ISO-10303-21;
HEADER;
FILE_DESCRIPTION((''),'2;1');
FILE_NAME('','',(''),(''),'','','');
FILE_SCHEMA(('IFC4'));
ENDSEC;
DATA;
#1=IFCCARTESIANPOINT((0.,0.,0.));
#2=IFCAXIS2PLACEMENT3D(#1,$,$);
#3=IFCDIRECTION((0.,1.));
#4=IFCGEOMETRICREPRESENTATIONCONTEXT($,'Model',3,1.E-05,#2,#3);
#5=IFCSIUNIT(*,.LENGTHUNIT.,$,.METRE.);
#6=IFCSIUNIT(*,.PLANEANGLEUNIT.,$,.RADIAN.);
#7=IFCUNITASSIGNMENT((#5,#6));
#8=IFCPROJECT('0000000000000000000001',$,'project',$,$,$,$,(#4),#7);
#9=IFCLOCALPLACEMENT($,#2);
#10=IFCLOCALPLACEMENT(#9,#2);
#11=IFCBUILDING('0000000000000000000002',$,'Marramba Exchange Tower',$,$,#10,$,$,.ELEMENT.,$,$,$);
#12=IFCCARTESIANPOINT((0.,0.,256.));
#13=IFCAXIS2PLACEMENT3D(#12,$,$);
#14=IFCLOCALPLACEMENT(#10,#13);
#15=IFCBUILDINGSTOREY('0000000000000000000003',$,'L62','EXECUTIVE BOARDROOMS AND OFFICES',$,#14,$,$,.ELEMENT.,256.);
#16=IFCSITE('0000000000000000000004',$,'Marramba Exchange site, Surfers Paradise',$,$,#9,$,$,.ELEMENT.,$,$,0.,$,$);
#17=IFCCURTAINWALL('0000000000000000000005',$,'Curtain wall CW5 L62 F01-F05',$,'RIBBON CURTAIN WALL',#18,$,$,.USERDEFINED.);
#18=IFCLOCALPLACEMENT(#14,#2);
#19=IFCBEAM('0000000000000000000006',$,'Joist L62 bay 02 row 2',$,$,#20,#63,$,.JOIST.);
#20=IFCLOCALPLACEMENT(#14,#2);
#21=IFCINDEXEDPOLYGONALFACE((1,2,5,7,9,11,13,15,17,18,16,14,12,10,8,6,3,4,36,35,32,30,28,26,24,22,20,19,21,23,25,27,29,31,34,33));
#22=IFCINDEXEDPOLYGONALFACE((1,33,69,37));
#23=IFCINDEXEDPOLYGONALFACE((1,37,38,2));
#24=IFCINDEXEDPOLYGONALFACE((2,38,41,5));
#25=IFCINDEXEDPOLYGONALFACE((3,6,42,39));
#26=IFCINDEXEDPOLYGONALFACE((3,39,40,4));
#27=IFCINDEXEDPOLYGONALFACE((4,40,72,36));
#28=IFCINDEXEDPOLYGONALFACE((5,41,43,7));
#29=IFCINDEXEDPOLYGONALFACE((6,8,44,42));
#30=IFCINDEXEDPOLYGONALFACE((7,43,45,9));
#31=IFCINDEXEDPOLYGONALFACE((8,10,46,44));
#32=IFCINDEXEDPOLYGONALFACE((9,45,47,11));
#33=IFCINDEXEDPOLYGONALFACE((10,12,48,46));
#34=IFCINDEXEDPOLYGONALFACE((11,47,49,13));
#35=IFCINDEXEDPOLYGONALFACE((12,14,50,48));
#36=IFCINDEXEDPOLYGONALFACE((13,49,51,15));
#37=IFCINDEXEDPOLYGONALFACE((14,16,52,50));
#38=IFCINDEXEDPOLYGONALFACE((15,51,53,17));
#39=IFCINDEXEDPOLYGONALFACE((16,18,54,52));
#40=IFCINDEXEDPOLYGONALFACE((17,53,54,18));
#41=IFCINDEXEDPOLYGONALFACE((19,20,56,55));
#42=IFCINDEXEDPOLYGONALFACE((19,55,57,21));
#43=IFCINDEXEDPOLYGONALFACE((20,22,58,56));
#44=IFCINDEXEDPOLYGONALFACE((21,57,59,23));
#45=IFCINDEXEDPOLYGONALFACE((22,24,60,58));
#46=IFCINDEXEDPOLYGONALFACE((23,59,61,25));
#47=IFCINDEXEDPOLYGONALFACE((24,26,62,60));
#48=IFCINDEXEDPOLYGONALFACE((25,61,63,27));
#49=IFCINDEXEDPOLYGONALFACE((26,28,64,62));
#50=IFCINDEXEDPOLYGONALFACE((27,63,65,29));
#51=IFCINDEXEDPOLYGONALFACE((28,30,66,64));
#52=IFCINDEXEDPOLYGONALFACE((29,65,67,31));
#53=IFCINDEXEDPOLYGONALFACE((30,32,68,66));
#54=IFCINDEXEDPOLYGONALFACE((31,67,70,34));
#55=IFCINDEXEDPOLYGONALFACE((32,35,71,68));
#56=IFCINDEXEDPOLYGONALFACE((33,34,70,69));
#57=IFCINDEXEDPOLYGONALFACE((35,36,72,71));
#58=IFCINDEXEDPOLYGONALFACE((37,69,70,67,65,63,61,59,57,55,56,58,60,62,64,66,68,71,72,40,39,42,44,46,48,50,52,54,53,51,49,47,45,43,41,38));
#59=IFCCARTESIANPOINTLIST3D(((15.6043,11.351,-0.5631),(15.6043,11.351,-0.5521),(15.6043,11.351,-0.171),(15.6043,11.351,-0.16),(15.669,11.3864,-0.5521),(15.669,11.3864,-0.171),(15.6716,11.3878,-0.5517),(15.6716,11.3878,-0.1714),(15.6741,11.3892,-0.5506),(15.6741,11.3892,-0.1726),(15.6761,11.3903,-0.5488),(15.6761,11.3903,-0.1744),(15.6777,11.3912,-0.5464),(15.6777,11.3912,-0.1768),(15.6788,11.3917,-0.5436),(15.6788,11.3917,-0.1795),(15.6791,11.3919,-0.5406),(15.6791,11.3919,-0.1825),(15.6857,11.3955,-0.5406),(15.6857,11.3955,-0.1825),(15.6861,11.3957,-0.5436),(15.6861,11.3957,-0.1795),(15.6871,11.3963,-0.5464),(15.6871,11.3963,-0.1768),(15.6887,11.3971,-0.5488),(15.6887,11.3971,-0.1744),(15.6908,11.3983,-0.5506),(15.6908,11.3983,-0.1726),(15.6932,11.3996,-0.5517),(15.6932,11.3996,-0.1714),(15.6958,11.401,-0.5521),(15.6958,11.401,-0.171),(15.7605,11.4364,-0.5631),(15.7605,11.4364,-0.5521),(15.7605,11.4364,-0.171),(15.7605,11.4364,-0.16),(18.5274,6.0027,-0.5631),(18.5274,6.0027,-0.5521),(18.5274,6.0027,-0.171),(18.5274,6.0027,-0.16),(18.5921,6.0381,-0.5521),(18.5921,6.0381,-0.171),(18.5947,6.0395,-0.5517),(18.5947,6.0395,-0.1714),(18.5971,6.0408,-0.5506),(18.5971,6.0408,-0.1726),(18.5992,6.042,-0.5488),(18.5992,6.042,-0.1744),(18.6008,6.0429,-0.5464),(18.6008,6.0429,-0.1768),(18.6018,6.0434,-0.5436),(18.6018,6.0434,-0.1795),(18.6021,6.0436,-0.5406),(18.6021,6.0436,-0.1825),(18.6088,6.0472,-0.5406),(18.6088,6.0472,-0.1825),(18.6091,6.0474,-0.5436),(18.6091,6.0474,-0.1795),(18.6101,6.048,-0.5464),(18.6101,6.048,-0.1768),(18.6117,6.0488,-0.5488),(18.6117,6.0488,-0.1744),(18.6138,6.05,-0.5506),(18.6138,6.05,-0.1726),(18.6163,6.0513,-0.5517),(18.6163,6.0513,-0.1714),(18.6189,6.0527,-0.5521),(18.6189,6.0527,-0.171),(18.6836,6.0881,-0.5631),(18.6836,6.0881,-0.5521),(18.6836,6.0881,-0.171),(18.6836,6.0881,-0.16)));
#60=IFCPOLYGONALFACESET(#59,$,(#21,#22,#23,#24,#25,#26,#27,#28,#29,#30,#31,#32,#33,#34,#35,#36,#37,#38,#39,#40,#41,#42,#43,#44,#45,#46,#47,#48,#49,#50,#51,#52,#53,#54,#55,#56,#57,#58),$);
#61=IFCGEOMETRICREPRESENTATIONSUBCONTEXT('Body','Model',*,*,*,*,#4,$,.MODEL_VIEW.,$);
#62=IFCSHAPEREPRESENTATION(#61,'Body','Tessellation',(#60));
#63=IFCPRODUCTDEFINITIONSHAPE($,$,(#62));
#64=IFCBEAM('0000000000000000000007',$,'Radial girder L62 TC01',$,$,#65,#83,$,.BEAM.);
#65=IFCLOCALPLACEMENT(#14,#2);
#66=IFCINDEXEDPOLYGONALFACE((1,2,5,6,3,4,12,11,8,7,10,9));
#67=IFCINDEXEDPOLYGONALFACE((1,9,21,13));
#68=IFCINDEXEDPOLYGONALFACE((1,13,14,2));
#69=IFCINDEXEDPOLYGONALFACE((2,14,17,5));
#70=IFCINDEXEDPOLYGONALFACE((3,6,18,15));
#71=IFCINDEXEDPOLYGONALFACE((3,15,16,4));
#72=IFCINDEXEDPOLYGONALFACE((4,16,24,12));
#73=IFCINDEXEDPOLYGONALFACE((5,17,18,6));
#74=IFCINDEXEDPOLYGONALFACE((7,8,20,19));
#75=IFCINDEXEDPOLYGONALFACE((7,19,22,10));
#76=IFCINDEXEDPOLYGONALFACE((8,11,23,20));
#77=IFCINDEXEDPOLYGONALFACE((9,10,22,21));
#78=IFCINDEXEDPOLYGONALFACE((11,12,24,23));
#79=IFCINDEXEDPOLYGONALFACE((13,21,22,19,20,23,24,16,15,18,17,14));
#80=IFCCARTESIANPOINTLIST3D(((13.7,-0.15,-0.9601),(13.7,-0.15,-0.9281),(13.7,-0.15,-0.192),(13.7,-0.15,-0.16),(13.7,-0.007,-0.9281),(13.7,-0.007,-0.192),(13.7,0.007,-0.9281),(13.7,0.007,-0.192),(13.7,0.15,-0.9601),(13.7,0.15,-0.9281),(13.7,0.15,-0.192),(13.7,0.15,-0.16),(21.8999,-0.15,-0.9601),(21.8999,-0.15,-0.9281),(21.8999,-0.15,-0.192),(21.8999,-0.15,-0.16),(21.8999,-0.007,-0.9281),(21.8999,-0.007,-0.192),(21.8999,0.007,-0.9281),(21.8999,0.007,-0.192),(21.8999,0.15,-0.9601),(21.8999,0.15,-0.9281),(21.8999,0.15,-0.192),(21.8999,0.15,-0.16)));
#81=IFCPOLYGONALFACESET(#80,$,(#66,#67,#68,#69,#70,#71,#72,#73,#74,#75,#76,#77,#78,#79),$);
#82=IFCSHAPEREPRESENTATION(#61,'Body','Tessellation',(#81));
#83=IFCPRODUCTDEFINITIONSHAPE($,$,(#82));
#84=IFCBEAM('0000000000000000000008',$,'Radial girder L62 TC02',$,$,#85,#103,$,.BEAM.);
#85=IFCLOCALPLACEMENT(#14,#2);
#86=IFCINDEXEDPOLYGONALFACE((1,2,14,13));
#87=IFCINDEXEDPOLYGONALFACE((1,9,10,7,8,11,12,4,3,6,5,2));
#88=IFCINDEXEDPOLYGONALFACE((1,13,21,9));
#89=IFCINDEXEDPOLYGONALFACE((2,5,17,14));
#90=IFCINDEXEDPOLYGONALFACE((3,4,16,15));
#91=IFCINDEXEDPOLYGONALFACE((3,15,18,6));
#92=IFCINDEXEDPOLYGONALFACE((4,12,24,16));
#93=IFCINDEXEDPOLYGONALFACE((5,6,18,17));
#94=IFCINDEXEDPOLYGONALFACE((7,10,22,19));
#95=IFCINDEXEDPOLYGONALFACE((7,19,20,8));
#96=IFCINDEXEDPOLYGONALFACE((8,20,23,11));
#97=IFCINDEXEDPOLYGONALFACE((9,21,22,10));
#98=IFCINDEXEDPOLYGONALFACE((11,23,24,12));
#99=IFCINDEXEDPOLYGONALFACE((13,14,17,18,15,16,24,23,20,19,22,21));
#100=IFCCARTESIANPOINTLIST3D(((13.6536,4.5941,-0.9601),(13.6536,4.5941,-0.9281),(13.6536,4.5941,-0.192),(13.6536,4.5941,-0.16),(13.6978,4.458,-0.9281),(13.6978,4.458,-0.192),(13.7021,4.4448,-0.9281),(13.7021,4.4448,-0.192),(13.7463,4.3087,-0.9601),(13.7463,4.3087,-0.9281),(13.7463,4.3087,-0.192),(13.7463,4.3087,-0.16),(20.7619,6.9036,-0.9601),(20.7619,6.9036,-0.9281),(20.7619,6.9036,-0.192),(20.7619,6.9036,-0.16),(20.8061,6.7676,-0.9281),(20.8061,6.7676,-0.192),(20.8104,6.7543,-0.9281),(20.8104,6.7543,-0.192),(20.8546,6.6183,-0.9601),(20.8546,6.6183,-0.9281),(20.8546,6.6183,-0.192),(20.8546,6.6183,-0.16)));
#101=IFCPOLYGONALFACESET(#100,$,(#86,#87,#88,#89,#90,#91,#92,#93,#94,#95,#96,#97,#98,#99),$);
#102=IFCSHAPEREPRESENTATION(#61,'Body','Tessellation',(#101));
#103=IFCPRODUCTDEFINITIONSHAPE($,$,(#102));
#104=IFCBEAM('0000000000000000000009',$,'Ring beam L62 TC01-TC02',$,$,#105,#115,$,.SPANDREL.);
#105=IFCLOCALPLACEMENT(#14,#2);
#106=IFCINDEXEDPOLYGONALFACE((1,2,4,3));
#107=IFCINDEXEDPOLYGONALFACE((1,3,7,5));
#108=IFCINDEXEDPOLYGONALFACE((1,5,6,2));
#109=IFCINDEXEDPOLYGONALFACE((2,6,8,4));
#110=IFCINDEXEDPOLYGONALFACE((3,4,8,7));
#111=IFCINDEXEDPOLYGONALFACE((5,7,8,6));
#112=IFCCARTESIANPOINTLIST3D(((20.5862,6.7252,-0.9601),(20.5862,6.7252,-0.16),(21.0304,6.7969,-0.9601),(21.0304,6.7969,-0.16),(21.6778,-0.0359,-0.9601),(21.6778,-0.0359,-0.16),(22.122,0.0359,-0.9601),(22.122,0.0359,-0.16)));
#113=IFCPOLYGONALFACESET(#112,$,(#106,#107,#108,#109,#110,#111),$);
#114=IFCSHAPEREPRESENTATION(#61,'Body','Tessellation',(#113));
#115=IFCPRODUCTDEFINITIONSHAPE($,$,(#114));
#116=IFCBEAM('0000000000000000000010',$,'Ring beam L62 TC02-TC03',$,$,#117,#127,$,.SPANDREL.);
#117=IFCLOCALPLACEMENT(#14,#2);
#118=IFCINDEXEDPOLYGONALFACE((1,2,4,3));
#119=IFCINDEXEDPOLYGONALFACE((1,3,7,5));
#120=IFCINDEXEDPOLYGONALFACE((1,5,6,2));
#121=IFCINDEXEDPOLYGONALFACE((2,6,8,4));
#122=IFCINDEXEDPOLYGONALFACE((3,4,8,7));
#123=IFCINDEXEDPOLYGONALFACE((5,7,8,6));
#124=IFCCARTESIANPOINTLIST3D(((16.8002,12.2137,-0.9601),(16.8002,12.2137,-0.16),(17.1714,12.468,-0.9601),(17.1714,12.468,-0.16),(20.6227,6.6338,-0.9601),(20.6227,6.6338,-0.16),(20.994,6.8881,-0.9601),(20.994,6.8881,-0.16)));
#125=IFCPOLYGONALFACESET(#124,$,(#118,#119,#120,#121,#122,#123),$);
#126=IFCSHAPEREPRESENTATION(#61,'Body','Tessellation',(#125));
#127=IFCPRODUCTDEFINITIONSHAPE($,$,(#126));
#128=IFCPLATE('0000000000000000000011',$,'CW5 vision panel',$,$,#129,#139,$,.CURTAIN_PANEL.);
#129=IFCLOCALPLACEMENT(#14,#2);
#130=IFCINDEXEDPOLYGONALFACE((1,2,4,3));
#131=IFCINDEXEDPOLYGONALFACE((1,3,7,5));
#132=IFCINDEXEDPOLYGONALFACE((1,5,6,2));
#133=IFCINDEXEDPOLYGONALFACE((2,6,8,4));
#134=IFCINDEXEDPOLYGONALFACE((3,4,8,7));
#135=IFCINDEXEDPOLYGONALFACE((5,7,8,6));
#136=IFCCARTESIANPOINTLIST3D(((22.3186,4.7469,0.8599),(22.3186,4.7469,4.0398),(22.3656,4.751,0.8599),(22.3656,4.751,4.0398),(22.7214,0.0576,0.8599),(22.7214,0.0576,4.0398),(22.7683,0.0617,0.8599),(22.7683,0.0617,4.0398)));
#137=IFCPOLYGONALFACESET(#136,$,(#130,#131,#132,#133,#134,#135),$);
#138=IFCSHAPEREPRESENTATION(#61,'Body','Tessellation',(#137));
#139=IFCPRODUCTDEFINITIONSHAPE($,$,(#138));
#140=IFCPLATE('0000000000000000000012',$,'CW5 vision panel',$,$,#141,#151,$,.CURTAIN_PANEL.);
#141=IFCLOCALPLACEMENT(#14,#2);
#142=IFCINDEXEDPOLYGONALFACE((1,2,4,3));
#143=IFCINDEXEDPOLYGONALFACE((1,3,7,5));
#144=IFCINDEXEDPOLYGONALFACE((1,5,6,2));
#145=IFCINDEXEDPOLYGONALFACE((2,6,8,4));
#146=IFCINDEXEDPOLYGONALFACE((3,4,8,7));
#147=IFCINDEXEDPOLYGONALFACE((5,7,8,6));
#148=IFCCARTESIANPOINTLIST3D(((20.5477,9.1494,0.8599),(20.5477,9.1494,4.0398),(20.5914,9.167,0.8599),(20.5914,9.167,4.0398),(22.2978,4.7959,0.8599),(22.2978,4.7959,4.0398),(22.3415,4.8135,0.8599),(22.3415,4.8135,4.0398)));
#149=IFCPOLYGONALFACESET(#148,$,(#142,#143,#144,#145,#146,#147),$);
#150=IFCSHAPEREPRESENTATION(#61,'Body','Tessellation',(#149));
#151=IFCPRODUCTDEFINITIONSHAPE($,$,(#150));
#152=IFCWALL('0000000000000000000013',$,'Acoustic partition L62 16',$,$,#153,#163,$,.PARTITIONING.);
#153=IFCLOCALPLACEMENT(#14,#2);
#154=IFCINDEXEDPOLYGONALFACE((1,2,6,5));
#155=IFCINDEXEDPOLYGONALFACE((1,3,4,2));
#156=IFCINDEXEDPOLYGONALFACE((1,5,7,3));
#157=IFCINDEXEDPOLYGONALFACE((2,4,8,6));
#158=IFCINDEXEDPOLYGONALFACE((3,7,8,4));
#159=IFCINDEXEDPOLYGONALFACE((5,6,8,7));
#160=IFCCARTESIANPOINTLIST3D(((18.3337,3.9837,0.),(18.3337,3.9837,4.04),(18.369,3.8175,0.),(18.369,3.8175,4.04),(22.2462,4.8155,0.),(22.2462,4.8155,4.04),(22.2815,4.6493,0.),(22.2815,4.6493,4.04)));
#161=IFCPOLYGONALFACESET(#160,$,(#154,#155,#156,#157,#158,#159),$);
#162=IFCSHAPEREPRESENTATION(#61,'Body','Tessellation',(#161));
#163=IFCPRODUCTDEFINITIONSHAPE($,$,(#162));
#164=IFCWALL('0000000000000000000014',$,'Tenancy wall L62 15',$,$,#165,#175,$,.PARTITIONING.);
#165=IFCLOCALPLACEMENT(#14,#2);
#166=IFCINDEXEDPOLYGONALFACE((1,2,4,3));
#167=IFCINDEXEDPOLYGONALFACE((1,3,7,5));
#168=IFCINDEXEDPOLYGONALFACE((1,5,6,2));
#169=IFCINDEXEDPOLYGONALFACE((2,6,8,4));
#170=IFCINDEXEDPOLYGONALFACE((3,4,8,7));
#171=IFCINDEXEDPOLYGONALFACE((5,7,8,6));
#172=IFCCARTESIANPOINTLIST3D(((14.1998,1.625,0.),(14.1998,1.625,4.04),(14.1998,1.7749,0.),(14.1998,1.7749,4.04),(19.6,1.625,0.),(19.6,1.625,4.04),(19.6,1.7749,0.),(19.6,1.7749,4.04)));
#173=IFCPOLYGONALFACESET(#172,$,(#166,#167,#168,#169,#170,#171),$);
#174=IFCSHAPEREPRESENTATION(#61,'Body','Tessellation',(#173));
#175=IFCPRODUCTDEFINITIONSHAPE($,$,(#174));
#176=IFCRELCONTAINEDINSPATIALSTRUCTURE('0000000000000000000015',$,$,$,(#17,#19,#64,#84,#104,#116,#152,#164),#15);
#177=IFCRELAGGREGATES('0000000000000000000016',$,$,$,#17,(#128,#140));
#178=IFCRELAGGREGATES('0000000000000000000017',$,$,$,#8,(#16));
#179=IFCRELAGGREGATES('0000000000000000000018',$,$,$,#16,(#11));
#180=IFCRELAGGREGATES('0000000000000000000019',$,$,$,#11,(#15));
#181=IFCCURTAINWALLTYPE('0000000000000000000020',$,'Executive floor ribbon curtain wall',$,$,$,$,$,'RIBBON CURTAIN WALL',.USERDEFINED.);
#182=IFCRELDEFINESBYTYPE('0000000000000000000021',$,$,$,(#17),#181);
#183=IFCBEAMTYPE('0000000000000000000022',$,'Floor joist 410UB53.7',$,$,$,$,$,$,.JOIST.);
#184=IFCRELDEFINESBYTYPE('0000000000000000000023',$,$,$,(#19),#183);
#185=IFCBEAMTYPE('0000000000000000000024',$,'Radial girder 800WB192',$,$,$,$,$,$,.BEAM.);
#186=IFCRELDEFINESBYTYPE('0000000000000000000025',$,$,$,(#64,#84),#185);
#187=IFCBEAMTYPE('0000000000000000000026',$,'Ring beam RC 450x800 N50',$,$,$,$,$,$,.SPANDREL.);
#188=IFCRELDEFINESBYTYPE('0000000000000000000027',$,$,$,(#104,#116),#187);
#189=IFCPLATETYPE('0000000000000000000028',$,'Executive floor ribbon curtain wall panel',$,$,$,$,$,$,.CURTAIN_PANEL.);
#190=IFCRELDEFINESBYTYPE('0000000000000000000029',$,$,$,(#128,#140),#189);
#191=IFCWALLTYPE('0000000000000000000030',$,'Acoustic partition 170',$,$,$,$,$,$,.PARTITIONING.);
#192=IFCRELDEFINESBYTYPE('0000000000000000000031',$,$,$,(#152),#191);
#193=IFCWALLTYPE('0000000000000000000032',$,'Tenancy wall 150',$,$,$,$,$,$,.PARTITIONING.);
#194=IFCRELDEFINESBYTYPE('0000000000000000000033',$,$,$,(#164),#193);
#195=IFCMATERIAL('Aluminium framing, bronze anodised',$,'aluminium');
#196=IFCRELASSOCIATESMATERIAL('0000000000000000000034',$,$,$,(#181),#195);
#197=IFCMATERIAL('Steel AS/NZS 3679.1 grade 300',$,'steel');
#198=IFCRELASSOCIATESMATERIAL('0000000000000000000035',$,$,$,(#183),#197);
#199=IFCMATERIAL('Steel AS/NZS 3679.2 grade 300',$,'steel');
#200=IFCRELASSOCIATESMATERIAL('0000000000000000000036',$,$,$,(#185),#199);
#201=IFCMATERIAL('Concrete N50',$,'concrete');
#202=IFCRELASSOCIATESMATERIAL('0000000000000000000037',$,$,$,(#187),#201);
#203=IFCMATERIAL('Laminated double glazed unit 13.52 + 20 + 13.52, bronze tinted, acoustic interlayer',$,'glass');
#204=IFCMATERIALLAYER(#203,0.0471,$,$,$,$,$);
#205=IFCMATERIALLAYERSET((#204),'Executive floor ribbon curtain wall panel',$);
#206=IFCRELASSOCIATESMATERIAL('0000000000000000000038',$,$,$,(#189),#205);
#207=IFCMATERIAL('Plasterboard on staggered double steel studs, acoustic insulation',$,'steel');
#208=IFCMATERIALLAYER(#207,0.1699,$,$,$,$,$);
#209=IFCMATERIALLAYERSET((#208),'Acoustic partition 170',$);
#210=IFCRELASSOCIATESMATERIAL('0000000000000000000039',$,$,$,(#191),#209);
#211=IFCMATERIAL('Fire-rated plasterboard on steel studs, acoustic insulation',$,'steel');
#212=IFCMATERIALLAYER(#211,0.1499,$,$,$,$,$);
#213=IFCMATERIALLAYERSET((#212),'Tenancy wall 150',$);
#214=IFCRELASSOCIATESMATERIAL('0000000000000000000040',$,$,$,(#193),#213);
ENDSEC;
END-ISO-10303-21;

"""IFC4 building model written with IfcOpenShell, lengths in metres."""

from ifc_helpers import new_model, si_unit, direction, frame, frame_2d, origin, origin_2d, place, context, subcontext, project, spatial, rectangle, i_section, extrude, material, layer, layer_set, material_profile, profile_set, type_object, element, aggregate, save


model = new_model("IFC4")

# Units and contexts
model_context = context("Model", 3, precision=1e-05, world=origin(), true_north=direction((0.0, 1.0)))
body_context = subcontext(model_context, "Body", "Model", "MODEL_VIEW")
ifc_project = project(units=[si_unit("LENGTHUNIT", "METRE"), si_unit("PLANEANGLEUNIT", "RADIAN")], contexts=[model_context])

# Site, building, storey
site_placement = place(None, origin())
site = spatial("IfcSite", under=ifc_project, at=site_placement, Name="Marramba Exchange site, Surfers Paradise", CompositionType="ELEMENT", RefElevation=0.0)
building_placement = place(site_placement, origin())
building = spatial("IfcBuilding", under=site, at=building_placement, Name="Marramba Exchange Tower", CompositionType="ELEMENT")
storey_placement = place(building_placement, frame((0.0, 0.0, 256.0)))
storey = spatial("IfcBuildingStorey", under=building, at=storey_placement, Name="L62", Description="EXECUTIVE BOARDROOMS AND OFFICES", CompositionType="ELEMENT", Elevation=256.0)

# Shared definitions
ifc_material_1 = material(Name="Concrete N50", Category="concrete")

# Curtain wall
ifc_material_2 = material(Name="Aluminium framing, bronze anodised", Category="aluminium")
curtain_wall_type = type_object("IfcCurtainWallType", Name="Executive floor ribbon curtain wall", ElementType="RIBBON CURTAIN WALL", PredefinedType="USERDEFINED", material=ifc_material_2)
curtain_wall_placement = place(storey_placement, origin())
curtain_wall = element("IfcCurtainWall", 1, at=curtain_wall_placement, inside=storey, type_object=curtain_wall_type, Name="Curtain wall CW5 L62 F01-F05", ObjectType="RIBBON CURTAIN WALL", PredefinedType="USERDEFINED")

# Beams
ifc_material_3 = material(Name="Steel AS/NZS 3679.1 grade 300", Category="steel")
ifc_material_profile_1 = material_profile(ifc_material_3, i_section(OverallWidth=0.178, OverallDepth=0.4031, WebThickness=0.0076, FlangeThickness=0.011, FilletRadius=0.0115, at=origin_2d()), Name="410UB53.7")
ifc_profile_set_1 = profile_set([ifc_material_profile_1], Name="Steel AS/NZS 3679.1 grade 300")
beam_type_1 = type_object("IfcBeamType", Name="Floor joist 410UB53.7", PredefinedType="JOIST", material=ifc_profile_set_1)
beam_1_placement = place(storey_placement, frame((18.6055, 6.0454, -0.3616), z_axis=(-0.479584, 0.877496, 0.0), x_axis=(-0.877496, -0.479584, 0.0)))
element("IfcBeam", 2, at=beam_1_placement, inside=storey, type_object=beam_type_1, Name="Joist L62 bay 02 row 2", PredefinedType="JOIST", context=body_context, shape_type="SweptSolid", body=[
    extrude(i_section(OverallWidth=0.178, OverallDepth=0.4031, WebThickness=0.0076, FlangeThickness=0.011, FilletRadius=0.0115, at=origin_2d()), origin(), (0.0, 0.0, 1.0), 6.095),
])
ifc_material_4 = material(Name="Steel AS/NZS 3679.2 grade 300", Category="steel")
ifc_material_profile_2 = material_profile(ifc_material_4, i_section(OverallWidth=0.3, OverallDepth=0.8, WebThickness=0.0139, FlangeThickness=0.032, at=origin_2d()), Name="800WB192")
ifc_profile_set_2 = profile_set([ifc_material_profile_2], Name="Steel AS/NZS 3679.2 grade 300")
beam_type_2 = type_object("IfcBeamType", Name="Radial girder 800WB192", PredefinedType="BEAM", material=ifc_profile_set_2)
beam_2_placement = place(storey_placement, frame((13.7, 0.0, -0.5601), z_axis=(1.0, 0.0, 0.0), x_axis=(0.0, 1.0, 0.0)))
element("IfcBeam", 3, at=beam_2_placement, inside=storey, type_object=beam_type_2, Name="Radial girder L62 TC01", PredefinedType="BEAM", context=body_context, shape_type="SweptSolid", body=[
    extrude(i_section(OverallWidth=0.3, OverallDepth=0.8, WebThickness=0.0139, FlangeThickness=0.032, at=origin_2d()), origin(), (0.0, 0.0, 1.0), 8.2),
])
beam_3_placement = place(storey_placement, frame((13.7, 4.4514, -0.5601), z_axis=(0.95106, 0.309006, 0.0), x_axis=(-0.309006, 0.95106, 0.0)))
element("IfcBeam", 4, at=beam_3_placement, inside=storey, type_object=beam_type_2, Name="Radial girder L62 TC02", PredefinedType="BEAM", context=body_context, shape_type="SweptSolid", body=[
    extrude(i_section(OverallWidth=0.3, OverallDepth=0.8, WebThickness=0.0139, FlangeThickness=0.032, at=origin_2d()), origin(), (0.0, 0.0, 1.0), 7.4741),
])
ifc_material_profile_3 = material_profile(ifc_material_1, rectangle(XDim=0.45, YDim=0.8, at=origin_2d()), Name="RC 450x800")
ifc_profile_set_3 = profile_set([ifc_material_profile_3], Name="Concrete N50")
beam_type_3 = type_object("IfcBeamType", Name="Ring beam RC 450x800 N50", PredefinedType="SPANDREL", material=ifc_profile_set_3)
beam_4_placement = place(storey_placement, frame((21.8999, 0.0, -0.5601), z_axis=(-0.159385, 0.987217, 0.0), x_axis=(-0.987217, -0.159385, 0.0)))
element("IfcBeam", 5, at=beam_4_placement, inside=storey, type_object=beam_type_3, Name="Ring beam L62 TC01-TC02", PredefinedType="SPANDREL", context=body_context, shape_type="SweptSolid", body=[
    extrude(rectangle(XDim=0.45, YDim=0.8, at=origin_2d()), origin(), (0.0, 0.0, 1.0), 6.8486),
])
beam_5_placement = place(storey_placement, frame((20.8083, 6.761, -0.5601), z_axis=(-0.56516, 0.824981, 0.0), x_axis=(-0.824981, -0.56516, 0.0)))
element("IfcBeam", 6, at=beam_5_placement, inside=storey, type_object=beam_type_3, Name="Ring beam L62 TC02-TC03", PredefinedType="SPANDREL", context=body_context, shape_type="SweptSolid", body=[
    extrude(rectangle(XDim=0.45, YDim=0.8, at=origin_2d()), origin(), (0.0, 0.0, 1.0), 6.7637),
])

# Plates
ifc_material_5 = material(Name="Laminated double glazed unit 13.52 + 20 + 13.52, bronze tinted, acoustic interlayer", Category="glass")
ifc_layer_1 = layer(ifc_material_5, 0.0471)
ifc_layer_set_1 = layer_set([ifc_layer_1], Name="Executive floor ribbon curtain wall panel")
plate_type = type_object("IfcPlateType", Name="Executive floor ribbon curtain wall panel", PredefinedType="CURTAIN_PANEL", material=ifc_layer_set_1)
plate_1_placement = place(storey_placement, frame((22.5435, 2.4043, 0.8599), z_axis=(0.0, 0.0, 1.0), x_axis=(-0.085574, 0.996332, 0.0)))
plate_1 = element("IfcPlate", 7, at=plate_1_placement, type_object=plate_type, Name="CW5 vision panel", PredefinedType="CURTAIN_PANEL", context=body_context, shape_type="SweptSolid", body=[
    extrude(rectangle(XDim=4.7065, YDim=0.0471, at=origin_2d()), origin(), (0.0, 0.0, 1.0), 3.1799),
])
plate_2_placement = place(storey_placement, frame((21.4446, 6.9814, 0.8599), z_axis=(0.0, 0.0, 1.0), x_axis=(-0.372983, 0.927838, 0.0)))
plate_2 = element("IfcPlate", 8, at=plate_2_placement, type_object=plate_type, Name="CW5 vision panel", PredefinedType="CURTAIN_PANEL", context=body_context, shape_type="SweptSolid", body=[
    extrude(rectangle(XDim=4.6921, YDim=0.0471, at=origin_2d()), origin(), (0.0, 0.0, 1.0), 3.1799),
])
aggregate(curtain_wall, [plate_1, plate_2])

# Walls
ifc_material_6 = material(Name="Plasterboard on staggered double steel studs, acoustic insulation", Category="steel")
ifc_layer_2 = layer(ifc_material_6, 0.1699)
ifc_layer_set_2 = layer_set([ifc_layer_2], Name="Acoustic partition 170")
wall_type_1 = type_object("IfcWallType", Name="Acoustic partition 170", PredefinedType="PARTITIONING", material=ifc_layer_set_2)
wall_1_placement = place(storey_placement, frame((18.3513, 3.9006, 0.0), z_axis=(0.0, 0.0, 1.0), x_axis=(0.978141, 0.207945, 0.0)))
element("IfcWall", 9, at=wall_1_placement, inside=storey, type_object=wall_type_1, Name="Acoustic partition L62 16", PredefinedType="PARTITIONING", context=body_context, shape_type="SweptSolid", body=[
    extrude(rectangle(XDim=4.0, YDim=0.1699, at=frame_2d((2.0, 0.0))), origin(), (0.0, 0.0, 1.0), 4.04),
])
ifc_material_7 = material(Name="Fire-rated plasterboard on steel studs, acoustic insulation", Category="steel")
ifc_layer_3 = layer(ifc_material_7, 0.1499)
ifc_layer_set_3 = layer_set([ifc_layer_3], Name="Tenancy wall 150")
wall_type_2 = type_object("IfcWallType", Name="Tenancy wall 150", PredefinedType="PARTITIONING", material=ifc_layer_set_3)
wall_2_placement = place(storey_placement, frame((19.6001, 1.7, 0.0), z_axis=(0.0, 0.0, 1.0), x_axis=(-1.0, 0.0, 0.0)))
element("IfcWall", 10, at=wall_2_placement, inside=storey, type_object=wall_type_2, Name="Tenancy wall L62 15", PredefinedType="PARTITIONING", context=body_context, shape_type="SweptSolid", body=[
    extrude(rectangle(XDim=5.4001, YDim=0.1499, at=frame_2d((2.7002, 0.0))), origin(), (0.0, 0.0, 1.0), 4.04),
])

save(model, "model.ifc")
